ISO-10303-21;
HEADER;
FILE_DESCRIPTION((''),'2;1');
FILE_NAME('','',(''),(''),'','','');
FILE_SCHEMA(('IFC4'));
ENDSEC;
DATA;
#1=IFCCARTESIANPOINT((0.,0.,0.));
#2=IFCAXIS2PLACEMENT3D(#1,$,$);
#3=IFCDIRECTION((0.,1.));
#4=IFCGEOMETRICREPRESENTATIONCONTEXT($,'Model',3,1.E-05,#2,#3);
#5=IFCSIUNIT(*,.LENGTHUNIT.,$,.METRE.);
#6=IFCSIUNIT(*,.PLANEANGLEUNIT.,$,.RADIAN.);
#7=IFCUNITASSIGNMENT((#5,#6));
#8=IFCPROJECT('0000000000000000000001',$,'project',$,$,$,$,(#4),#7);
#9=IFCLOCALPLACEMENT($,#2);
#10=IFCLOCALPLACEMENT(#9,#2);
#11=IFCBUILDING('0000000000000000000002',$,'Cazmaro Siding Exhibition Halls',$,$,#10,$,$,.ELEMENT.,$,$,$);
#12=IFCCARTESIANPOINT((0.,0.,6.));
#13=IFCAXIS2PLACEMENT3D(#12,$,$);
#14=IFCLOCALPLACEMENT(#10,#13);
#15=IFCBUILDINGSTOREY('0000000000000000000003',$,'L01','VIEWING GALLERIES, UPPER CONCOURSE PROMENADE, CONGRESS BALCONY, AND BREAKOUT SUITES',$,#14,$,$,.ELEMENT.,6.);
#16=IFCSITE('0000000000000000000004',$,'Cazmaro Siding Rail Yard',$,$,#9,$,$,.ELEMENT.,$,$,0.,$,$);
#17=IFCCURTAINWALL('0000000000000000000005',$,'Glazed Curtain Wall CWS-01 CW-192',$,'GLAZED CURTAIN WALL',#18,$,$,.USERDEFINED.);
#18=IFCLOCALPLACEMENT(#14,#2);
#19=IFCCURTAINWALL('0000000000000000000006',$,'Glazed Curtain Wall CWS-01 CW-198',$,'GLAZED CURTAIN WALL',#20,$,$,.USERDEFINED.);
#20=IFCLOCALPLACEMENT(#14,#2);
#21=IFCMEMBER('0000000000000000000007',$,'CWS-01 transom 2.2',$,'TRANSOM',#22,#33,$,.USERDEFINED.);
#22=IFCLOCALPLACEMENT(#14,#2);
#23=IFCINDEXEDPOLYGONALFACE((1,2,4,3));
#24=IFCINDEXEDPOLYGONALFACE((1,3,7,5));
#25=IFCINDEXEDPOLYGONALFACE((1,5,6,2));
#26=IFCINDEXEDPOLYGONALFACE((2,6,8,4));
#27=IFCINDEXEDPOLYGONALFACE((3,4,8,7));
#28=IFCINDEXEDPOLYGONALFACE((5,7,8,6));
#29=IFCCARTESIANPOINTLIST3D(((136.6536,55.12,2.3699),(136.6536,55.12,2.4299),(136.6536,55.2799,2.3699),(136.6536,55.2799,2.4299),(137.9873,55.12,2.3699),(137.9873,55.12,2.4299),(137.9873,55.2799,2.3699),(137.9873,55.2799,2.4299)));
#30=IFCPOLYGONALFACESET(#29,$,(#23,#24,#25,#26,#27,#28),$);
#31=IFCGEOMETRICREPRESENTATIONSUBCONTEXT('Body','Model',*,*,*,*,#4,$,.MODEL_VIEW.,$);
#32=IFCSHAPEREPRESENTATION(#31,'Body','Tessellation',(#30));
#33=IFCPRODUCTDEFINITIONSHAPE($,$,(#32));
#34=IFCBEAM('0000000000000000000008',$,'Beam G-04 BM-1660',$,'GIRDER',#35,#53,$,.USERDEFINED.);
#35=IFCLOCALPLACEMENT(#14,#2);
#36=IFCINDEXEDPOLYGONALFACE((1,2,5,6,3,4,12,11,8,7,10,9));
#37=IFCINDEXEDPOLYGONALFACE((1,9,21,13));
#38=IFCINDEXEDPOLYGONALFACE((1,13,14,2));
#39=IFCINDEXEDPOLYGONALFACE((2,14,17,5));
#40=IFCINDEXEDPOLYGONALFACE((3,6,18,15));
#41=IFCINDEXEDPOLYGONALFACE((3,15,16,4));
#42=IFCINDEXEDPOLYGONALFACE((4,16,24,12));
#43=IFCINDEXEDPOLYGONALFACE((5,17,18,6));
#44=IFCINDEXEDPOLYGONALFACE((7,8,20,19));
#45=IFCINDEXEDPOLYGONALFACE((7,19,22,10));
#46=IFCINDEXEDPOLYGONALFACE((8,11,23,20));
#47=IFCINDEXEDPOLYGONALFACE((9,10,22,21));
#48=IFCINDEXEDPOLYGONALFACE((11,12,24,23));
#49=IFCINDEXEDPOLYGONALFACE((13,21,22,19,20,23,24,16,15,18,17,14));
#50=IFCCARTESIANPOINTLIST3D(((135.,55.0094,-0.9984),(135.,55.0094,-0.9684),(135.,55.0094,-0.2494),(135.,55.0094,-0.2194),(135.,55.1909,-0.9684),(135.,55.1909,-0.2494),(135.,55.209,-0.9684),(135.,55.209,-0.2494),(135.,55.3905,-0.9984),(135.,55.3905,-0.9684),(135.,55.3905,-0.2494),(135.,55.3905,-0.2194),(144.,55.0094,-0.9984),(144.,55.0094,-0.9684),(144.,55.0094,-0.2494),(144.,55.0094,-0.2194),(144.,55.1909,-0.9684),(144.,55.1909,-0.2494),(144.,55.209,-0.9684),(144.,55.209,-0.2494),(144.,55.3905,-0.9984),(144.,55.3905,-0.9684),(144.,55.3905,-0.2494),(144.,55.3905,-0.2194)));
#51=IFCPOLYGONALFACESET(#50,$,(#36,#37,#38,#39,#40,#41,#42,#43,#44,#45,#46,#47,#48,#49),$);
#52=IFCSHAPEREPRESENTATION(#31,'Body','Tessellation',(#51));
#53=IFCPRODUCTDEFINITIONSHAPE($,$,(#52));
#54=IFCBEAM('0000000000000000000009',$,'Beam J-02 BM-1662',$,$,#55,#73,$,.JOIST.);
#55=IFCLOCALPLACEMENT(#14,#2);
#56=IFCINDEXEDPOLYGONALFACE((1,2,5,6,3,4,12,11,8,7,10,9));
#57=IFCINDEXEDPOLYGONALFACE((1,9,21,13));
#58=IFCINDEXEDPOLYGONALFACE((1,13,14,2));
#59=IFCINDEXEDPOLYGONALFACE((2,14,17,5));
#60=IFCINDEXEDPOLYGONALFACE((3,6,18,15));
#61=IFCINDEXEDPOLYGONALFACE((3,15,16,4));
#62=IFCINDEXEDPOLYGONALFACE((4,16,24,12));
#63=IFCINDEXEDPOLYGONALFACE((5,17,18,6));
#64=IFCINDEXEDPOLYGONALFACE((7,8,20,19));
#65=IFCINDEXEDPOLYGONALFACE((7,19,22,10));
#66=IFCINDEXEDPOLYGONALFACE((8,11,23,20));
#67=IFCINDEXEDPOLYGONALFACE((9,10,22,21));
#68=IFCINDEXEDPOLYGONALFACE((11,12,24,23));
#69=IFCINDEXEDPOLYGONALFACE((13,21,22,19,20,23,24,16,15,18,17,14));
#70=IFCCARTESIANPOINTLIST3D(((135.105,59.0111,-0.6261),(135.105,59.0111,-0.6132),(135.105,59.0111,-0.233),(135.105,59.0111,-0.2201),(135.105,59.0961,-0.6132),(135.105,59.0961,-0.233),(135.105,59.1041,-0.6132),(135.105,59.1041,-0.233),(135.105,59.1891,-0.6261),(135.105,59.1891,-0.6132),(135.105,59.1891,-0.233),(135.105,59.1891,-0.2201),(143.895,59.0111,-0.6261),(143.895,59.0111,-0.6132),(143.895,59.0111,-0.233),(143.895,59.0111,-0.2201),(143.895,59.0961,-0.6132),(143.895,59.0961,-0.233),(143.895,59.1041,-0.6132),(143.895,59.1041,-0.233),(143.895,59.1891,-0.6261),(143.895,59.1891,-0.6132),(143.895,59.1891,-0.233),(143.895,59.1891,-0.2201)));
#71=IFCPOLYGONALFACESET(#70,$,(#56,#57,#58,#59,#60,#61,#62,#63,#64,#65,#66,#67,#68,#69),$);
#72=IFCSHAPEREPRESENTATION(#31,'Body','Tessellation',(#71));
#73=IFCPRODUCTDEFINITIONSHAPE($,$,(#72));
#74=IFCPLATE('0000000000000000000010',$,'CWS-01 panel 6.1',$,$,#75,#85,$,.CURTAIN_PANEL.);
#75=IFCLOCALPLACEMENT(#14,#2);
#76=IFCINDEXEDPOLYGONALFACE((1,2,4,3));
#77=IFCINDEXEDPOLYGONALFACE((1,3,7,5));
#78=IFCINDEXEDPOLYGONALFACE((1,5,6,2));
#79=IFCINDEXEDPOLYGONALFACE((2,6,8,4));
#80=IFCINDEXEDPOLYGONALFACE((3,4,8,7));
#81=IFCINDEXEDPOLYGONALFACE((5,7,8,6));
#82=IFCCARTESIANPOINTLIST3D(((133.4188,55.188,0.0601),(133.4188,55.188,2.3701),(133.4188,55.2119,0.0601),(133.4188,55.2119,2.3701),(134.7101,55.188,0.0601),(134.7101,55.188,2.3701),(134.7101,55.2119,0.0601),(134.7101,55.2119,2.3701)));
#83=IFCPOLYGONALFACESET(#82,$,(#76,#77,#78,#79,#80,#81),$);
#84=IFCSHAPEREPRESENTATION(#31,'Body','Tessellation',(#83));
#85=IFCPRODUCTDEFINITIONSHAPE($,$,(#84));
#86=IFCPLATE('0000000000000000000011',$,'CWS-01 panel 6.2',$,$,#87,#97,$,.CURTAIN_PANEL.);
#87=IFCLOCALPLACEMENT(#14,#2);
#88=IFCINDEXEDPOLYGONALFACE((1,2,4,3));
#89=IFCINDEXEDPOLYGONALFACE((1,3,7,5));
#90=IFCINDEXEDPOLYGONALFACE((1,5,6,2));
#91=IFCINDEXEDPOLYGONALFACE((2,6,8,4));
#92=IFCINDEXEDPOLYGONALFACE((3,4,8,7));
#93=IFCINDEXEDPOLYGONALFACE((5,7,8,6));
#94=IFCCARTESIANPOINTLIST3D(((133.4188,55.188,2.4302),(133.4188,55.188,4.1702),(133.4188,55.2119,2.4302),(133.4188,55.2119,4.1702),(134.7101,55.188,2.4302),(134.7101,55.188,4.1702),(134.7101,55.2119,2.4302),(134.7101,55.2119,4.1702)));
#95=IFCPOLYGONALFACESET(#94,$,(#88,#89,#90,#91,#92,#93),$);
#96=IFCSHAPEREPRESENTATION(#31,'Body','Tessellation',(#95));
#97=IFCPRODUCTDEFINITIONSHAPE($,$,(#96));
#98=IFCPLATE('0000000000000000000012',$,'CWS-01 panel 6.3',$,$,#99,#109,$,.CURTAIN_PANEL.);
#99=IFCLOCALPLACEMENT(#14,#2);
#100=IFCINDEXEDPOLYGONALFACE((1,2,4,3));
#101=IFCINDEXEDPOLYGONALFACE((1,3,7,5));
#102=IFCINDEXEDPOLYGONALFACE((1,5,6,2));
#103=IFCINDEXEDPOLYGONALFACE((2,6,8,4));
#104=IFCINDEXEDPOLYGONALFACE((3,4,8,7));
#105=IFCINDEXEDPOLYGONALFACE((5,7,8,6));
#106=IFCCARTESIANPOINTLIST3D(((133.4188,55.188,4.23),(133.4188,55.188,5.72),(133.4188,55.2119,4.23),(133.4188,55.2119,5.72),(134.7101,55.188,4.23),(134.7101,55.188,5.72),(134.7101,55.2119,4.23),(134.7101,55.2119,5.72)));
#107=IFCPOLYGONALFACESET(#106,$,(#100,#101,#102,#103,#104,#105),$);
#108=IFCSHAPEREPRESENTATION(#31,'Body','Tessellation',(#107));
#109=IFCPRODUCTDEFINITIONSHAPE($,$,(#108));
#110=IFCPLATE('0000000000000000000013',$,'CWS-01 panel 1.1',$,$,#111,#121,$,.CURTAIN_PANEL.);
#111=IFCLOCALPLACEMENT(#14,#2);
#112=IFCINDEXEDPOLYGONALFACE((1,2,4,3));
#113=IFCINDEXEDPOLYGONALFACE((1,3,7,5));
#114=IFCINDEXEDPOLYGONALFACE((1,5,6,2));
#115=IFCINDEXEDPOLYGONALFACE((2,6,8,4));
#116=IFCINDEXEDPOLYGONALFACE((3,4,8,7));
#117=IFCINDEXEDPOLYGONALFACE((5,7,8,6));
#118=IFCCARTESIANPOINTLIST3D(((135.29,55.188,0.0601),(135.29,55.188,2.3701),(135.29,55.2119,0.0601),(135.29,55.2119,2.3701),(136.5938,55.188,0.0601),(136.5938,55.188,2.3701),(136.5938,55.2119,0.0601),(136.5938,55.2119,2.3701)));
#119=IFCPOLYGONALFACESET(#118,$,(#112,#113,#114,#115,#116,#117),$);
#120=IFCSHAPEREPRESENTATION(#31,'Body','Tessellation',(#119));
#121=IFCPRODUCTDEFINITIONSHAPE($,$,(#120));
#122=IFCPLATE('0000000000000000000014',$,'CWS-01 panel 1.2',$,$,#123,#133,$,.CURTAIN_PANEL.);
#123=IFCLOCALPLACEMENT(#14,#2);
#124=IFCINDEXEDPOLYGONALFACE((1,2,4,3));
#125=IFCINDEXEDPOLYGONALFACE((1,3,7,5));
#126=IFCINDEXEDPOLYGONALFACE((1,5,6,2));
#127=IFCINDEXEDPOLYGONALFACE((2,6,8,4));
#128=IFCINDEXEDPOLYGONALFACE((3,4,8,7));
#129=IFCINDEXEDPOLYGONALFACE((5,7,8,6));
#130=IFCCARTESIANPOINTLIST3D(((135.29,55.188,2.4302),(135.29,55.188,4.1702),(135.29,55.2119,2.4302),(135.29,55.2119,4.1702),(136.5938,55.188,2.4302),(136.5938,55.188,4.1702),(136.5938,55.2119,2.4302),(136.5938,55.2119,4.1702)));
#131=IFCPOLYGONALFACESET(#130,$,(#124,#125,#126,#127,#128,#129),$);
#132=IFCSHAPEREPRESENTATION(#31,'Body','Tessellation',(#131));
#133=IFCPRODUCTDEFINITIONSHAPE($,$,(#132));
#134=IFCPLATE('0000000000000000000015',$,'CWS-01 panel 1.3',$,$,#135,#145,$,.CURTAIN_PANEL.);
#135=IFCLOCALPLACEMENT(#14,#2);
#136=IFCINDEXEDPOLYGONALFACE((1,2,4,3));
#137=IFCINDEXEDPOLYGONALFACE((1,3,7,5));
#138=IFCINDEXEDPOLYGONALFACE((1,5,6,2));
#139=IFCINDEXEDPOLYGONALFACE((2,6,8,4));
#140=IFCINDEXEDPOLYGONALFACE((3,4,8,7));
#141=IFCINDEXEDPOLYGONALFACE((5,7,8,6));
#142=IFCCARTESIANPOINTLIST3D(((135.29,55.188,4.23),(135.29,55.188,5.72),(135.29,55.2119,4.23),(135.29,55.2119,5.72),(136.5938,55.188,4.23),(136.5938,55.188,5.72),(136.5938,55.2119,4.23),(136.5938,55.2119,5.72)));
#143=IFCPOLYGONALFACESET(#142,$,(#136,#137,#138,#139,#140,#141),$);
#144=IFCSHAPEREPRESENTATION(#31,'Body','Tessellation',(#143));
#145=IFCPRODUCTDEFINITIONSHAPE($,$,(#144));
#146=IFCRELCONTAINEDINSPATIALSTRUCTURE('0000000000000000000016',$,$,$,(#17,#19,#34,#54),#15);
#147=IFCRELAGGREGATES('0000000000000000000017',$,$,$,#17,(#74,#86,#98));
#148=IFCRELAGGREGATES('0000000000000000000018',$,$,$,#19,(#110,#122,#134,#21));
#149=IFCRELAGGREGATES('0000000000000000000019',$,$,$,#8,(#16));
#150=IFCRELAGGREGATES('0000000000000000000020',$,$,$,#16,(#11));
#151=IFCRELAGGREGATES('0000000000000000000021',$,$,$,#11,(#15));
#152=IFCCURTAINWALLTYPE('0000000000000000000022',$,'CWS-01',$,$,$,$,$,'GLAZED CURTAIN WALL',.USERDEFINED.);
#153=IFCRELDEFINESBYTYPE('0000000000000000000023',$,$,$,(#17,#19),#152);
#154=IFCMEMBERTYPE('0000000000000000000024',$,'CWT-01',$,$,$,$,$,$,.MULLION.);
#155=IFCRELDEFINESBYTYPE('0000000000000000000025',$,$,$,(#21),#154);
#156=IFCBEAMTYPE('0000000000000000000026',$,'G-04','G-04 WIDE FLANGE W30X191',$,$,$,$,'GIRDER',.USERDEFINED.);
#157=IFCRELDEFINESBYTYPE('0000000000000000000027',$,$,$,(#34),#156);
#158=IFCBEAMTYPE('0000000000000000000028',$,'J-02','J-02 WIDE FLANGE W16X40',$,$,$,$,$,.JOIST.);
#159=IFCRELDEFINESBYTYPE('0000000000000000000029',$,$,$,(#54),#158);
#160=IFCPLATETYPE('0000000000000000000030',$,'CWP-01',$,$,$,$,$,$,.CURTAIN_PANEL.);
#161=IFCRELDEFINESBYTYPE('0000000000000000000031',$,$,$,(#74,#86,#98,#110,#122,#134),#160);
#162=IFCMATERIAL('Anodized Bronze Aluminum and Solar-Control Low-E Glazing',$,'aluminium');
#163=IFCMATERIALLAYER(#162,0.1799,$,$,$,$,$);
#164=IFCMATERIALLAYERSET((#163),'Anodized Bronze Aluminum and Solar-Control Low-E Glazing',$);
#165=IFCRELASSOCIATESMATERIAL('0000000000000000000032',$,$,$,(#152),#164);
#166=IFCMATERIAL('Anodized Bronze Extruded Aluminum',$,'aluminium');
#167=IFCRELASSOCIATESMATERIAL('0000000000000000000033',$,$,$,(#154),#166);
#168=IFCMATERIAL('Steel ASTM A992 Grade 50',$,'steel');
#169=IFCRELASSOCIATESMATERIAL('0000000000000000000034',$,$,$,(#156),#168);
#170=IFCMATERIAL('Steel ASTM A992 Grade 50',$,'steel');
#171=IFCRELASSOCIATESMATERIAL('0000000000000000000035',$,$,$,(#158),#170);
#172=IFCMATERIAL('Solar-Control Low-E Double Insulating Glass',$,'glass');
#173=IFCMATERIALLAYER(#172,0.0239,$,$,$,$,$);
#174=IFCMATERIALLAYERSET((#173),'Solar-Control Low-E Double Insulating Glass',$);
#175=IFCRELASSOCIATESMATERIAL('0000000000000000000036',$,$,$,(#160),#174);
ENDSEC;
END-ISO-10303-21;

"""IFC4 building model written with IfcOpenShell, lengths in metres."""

from ifc_helpers import new_model, si_unit, direction, frame, origin, origin_2d, place, context, subcontext, project, spatial, rectangle, i_section, extrude, material, layer, layer_set, material_profile, profile_set, type_object, element, aggregate, save


model = new_model("IFC4")

# Units and contexts
model_context = context("Model", 3, precision=1e-05, world=origin(), true_north=direction((0.0, 1.0)))
body_context = subcontext(model_context, "Body", "Model", "MODEL_VIEW")
ifc_project = project(units=[si_unit("LENGTHUNIT", "METRE"), si_unit("PLANEANGLEUNIT", "RADIAN")], contexts=[model_context])

# Site, building, storey
site_placement = place(None, origin())
site = spatial("IfcSite", under=ifc_project, at=site_placement, Name="Cazmaro Siding Rail Yard", CompositionType="ELEMENT", RefElevation=0.0)
building_placement = place(site_placement, origin())
building = spatial("IfcBuilding", under=site, at=building_placement, Name="Cazmaro Siding Exhibition Halls", CompositionType="ELEMENT")
storey_placement = place(building_placement, frame((0.0, 0.0, 6.0)))
storey = spatial("IfcBuildingStorey", under=building, at=storey_placement, Name="L01", Description="VIEWING GALLERIES, UPPER CONCOURSE PROMENADE, CONGRESS BALCONY, AND BREAKOUT SUITES", CompositionType="ELEMENT", Elevation=6.0)

# Curtain wall
ifc_material_1 = material(Name="Anodized Bronze Aluminum and Solar-Control Low-E Glazing", Category="aluminium")
ifc_layer_1 = layer(ifc_material_1, 0.1799)
ifc_layer_set_1 = layer_set([ifc_layer_1], Name="Anodized Bronze Aluminum and Solar-Control Low-E Glazing")
curtain_wall_type = type_object("IfcCurtainWallType", Name="CWS-01", ElementType="GLAZED CURTAIN WALL", PredefinedType="USERDEFINED", material=ifc_layer_set_1)
curtain_wall_1_placement = place(storey_placement, origin())
curtain_wall_1 = element("IfcCurtainWall", 1, at=curtain_wall_1_placement, inside=storey, type_object=curtain_wall_type, Name="Glazed Curtain Wall CWS-01 CW-192", ObjectType="GLAZED CURTAIN WALL", PredefinedType="USERDEFINED")

# Curtain wall
curtain_wall_2_placement = place(storey_placement, origin())
curtain_wall_2 = element("IfcCurtainWall", 2, at=curtain_wall_2_placement, inside=storey, type_object=curtain_wall_type, Name="Glazed Curtain Wall CWS-01 CW-198", ObjectType="GLAZED CURTAIN WALL", PredefinedType="USERDEFINED")

# Member
ifc_material_2 = material(Name="Anodized Bronze Extruded Aluminum", Category="aluminium")
ifc_material_profile_1 = material_profile(ifc_material_2, rectangle(XDim=0.1599, YDim=0.0601, at=origin_2d()), Name="CWT-01")
ifc_profile_set_1 = profile_set([ifc_material_profile_1], Name="Anodized Bronze Extruded Aluminum")
member_type_1 = type_object("IfcMemberType", Name="CWT-01", PredefinedType="MULLION", material=ifc_profile_set_1)
member_1_placement = place(storey_placement, frame((136.6536, 55.2, 2.3999), z_axis=(1.0, 0.0, 0.0), x_axis=(0.0, 1.0, 0.0)))
member_1 = element("IfcMember", 3, at=member_1_placement, type_object=member_type_1, Name="CWS-01 transom 2.2", ObjectType="TRANSOM", PredefinedType="USERDEFINED", context=body_context, shape_type="SweptSolid", body=[
    extrude(rectangle(XDim=0.1599, YDim=0.0601, at=origin_2d()), origin(), (0.0, 0.0, 1.0), 1.3337),
])

# Beams
ifc_material_3 = material(Name="Steel ASTM A992 Grade 50", Category="steel")
ifc_material_profile_2 = material_profile(ifc_material_3, i_section(OverallWidth=0.3811, OverallDepth=0.7791, WebThickness=0.0181, FlangeThickness=0.03, at=origin_2d()), Name="W30X191")
ifc_profile_set_2 = profile_set([ifc_material_profile_2], Name="Steel ASTM A992 Grade 50")
beam_type_1 = type_object("IfcBeamType", Name="G-04", Description="G-04 WIDE FLANGE W30X191", ElementType="GIRDER", PredefinedType="USERDEFINED", material=ifc_profile_set_2)
beam_1_placement = place(storey_placement, frame((135.0, 55.2, -0.6089), z_axis=(1.0, 0.0, 0.0), x_axis=(0.0, 1.0, 0.0)))
element("IfcBeam", 4, at=beam_1_placement, inside=storey, type_object=beam_type_1, Name="Beam G-04 BM-1660", ObjectType="GIRDER", PredefinedType="USERDEFINED", context=body_context, shape_type="SweptSolid", body=[
    extrude(i_section(OverallWidth=0.3811, OverallDepth=0.7791, WebThickness=0.0181, FlangeThickness=0.03, at=origin_2d()), origin(), (0.0, 0.0, 1.0), 9.0),
])
ifc_material_4 = material(Name="Steel ASTM A992 Grade 50", Category="steel")
ifc_material_profile_3 = material_profile(ifc_material_4, i_section(OverallWidth=0.178, OverallDepth=0.406, WebThickness=0.0081, FlangeThickness=0.0129, at=origin_2d()), Name="W16X40")
ifc_profile_set_3 = profile_set([ifc_material_profile_3], Name="Steel ASTM A992 Grade 50")
beam_type_2 = type_object("IfcBeamType", Name="J-02", Description="J-02 WIDE FLANGE W16X40", PredefinedType="JOIST", material=ifc_profile_set_3)
beam_2_placement = place(storey_placement, frame((135.105, 59.1001, -0.4231), z_axis=(1.0, 0.0, 0.0), x_axis=(0.0, 1.0, 0.0)))
element("IfcBeam", 5, at=beam_2_placement, inside=storey, type_object=beam_type_2, Name="Beam J-02 BM-1662", PredefinedType="JOIST", context=body_context, shape_type="SweptSolid", body=[
    extrude(i_section(OverallWidth=0.178, OverallDepth=0.406, WebThickness=0.0081, FlangeThickness=0.0129, at=origin_2d()), origin(), (0.0, 0.0, 1.0), 8.79),
])

# Plates
ifc_material_5 = material(Name="Solar-Control Low-E Double Insulating Glass", Category="glass")
ifc_layer_2 = layer(ifc_material_5, 0.0239)
ifc_layer_set_2 = layer_set([ifc_layer_2], Name="Solar-Control Low-E Double Insulating Glass")
plate_type = type_object("IfcPlateType", Name="CWP-01", PredefinedType="CURTAIN_PANEL", material=ifc_layer_set_2)
plate_1_placement = place(storey_placement, frame((134.0645, 55.2, 0.0601), z_axis=(0.0, 0.0, 1.0), x_axis=(1.0, 0.0, 0.0)))
plate_1 = element("IfcPlate", 6, at=plate_1_placement, type_object=plate_type, Name="CWS-01 panel 6.1", PredefinedType="CURTAIN_PANEL", context=body_context, shape_type="SweptSolid", body=[
    extrude(rectangle(XDim=1.2913, YDim=0.0239, at=origin_2d()), origin(), (0.0, 0.0, 1.0), 2.3101),
])
plate_2_placement = place(storey_placement, frame((134.0645, 55.2, 2.4302), z_axis=(0.0, 0.0, 1.0), x_axis=(1.0, 0.0, 0.0)))
plate_2 = element("IfcPlate", 7, at=plate_2_placement, type_object=plate_type, Name="CWS-01 panel 6.2", PredefinedType="CURTAIN_PANEL", context=body_context, shape_type="SweptSolid", body=[
    extrude(rectangle(XDim=1.2913, YDim=0.0239, at=origin_2d()), origin(), (0.0, 0.0, 1.0), 1.74),
])
plate_3_placement = place(storey_placement, frame((134.0645, 55.2, 4.23), z_axis=(0.0, 0.0, 1.0), x_axis=(1.0, 0.0, 0.0)))
plate_3 = element("IfcPlate", 8, at=plate_3_placement, type_object=plate_type, Name="CWS-01 panel 6.3", PredefinedType="CURTAIN_PANEL", context=body_context, shape_type="SweptSolid", body=[
    extrude(rectangle(XDim=1.2913, YDim=0.0239, at=origin_2d()), origin(), (0.0, 0.0, 1.0), 1.49),
])
aggregate(curtain_wall_1, [plate_1, plate_2, plate_3])
plate_4_placement = place(storey_placement, frame((135.9419, 55.2, 0.0601), z_axis=(0.0, 0.0, 1.0), x_axis=(1.0, 0.0, 0.0)))
plate_4 = element("IfcPlate", 9, at=plate_4_placement, type_object=plate_type, Name="CWS-01 panel 1.1", PredefinedType="CURTAIN_PANEL", context=body_context, shape_type="SweptSolid", body=[
    extrude(rectangle(XDim=1.3037, YDim=0.0239, at=origin_2d()), origin(), (0.0, 0.0, 1.0), 2.3101),
])
plate_5_placement = place(storey_placement, frame((135.9419, 55.2, 2.4302), z_axis=(0.0, 0.0, 1.0), x_axis=(1.0, 0.0, 0.0)))
plate_5 = element("IfcPlate", 10, at=plate_5_placement, type_object=plate_type, Name="CWS-01 panel 1.2", PredefinedType="CURTAIN_PANEL", context=body_context, shape_type="SweptSolid", body=[
    extrude(rectangle(XDim=1.3037, YDim=0.0239, at=origin_2d()), origin(), (0.0, 0.0, 1.0), 1.74),
])
plate_6_placement = place(storey_placement, frame((135.9419, 55.2, 4.23), z_axis=(0.0, 0.0, 1.0), x_axis=(1.0, 0.0, 0.0)))
plate_6 = element("IfcPlate", 11, at=plate_6_placement, type_object=plate_type, Name="CWS-01 panel 1.3", PredefinedType="CURTAIN_PANEL", context=body_context, shape_type="SweptSolid", body=[
    extrude(rectangle(XDim=1.3037, YDim=0.0239, at=origin_2d()), origin(), (0.0, 0.0, 1.0), 1.49),
])
aggregate(curtain_wall_2, [plate_4, plate_5, plate_6, member_1])

save(model, "model.ifc")
